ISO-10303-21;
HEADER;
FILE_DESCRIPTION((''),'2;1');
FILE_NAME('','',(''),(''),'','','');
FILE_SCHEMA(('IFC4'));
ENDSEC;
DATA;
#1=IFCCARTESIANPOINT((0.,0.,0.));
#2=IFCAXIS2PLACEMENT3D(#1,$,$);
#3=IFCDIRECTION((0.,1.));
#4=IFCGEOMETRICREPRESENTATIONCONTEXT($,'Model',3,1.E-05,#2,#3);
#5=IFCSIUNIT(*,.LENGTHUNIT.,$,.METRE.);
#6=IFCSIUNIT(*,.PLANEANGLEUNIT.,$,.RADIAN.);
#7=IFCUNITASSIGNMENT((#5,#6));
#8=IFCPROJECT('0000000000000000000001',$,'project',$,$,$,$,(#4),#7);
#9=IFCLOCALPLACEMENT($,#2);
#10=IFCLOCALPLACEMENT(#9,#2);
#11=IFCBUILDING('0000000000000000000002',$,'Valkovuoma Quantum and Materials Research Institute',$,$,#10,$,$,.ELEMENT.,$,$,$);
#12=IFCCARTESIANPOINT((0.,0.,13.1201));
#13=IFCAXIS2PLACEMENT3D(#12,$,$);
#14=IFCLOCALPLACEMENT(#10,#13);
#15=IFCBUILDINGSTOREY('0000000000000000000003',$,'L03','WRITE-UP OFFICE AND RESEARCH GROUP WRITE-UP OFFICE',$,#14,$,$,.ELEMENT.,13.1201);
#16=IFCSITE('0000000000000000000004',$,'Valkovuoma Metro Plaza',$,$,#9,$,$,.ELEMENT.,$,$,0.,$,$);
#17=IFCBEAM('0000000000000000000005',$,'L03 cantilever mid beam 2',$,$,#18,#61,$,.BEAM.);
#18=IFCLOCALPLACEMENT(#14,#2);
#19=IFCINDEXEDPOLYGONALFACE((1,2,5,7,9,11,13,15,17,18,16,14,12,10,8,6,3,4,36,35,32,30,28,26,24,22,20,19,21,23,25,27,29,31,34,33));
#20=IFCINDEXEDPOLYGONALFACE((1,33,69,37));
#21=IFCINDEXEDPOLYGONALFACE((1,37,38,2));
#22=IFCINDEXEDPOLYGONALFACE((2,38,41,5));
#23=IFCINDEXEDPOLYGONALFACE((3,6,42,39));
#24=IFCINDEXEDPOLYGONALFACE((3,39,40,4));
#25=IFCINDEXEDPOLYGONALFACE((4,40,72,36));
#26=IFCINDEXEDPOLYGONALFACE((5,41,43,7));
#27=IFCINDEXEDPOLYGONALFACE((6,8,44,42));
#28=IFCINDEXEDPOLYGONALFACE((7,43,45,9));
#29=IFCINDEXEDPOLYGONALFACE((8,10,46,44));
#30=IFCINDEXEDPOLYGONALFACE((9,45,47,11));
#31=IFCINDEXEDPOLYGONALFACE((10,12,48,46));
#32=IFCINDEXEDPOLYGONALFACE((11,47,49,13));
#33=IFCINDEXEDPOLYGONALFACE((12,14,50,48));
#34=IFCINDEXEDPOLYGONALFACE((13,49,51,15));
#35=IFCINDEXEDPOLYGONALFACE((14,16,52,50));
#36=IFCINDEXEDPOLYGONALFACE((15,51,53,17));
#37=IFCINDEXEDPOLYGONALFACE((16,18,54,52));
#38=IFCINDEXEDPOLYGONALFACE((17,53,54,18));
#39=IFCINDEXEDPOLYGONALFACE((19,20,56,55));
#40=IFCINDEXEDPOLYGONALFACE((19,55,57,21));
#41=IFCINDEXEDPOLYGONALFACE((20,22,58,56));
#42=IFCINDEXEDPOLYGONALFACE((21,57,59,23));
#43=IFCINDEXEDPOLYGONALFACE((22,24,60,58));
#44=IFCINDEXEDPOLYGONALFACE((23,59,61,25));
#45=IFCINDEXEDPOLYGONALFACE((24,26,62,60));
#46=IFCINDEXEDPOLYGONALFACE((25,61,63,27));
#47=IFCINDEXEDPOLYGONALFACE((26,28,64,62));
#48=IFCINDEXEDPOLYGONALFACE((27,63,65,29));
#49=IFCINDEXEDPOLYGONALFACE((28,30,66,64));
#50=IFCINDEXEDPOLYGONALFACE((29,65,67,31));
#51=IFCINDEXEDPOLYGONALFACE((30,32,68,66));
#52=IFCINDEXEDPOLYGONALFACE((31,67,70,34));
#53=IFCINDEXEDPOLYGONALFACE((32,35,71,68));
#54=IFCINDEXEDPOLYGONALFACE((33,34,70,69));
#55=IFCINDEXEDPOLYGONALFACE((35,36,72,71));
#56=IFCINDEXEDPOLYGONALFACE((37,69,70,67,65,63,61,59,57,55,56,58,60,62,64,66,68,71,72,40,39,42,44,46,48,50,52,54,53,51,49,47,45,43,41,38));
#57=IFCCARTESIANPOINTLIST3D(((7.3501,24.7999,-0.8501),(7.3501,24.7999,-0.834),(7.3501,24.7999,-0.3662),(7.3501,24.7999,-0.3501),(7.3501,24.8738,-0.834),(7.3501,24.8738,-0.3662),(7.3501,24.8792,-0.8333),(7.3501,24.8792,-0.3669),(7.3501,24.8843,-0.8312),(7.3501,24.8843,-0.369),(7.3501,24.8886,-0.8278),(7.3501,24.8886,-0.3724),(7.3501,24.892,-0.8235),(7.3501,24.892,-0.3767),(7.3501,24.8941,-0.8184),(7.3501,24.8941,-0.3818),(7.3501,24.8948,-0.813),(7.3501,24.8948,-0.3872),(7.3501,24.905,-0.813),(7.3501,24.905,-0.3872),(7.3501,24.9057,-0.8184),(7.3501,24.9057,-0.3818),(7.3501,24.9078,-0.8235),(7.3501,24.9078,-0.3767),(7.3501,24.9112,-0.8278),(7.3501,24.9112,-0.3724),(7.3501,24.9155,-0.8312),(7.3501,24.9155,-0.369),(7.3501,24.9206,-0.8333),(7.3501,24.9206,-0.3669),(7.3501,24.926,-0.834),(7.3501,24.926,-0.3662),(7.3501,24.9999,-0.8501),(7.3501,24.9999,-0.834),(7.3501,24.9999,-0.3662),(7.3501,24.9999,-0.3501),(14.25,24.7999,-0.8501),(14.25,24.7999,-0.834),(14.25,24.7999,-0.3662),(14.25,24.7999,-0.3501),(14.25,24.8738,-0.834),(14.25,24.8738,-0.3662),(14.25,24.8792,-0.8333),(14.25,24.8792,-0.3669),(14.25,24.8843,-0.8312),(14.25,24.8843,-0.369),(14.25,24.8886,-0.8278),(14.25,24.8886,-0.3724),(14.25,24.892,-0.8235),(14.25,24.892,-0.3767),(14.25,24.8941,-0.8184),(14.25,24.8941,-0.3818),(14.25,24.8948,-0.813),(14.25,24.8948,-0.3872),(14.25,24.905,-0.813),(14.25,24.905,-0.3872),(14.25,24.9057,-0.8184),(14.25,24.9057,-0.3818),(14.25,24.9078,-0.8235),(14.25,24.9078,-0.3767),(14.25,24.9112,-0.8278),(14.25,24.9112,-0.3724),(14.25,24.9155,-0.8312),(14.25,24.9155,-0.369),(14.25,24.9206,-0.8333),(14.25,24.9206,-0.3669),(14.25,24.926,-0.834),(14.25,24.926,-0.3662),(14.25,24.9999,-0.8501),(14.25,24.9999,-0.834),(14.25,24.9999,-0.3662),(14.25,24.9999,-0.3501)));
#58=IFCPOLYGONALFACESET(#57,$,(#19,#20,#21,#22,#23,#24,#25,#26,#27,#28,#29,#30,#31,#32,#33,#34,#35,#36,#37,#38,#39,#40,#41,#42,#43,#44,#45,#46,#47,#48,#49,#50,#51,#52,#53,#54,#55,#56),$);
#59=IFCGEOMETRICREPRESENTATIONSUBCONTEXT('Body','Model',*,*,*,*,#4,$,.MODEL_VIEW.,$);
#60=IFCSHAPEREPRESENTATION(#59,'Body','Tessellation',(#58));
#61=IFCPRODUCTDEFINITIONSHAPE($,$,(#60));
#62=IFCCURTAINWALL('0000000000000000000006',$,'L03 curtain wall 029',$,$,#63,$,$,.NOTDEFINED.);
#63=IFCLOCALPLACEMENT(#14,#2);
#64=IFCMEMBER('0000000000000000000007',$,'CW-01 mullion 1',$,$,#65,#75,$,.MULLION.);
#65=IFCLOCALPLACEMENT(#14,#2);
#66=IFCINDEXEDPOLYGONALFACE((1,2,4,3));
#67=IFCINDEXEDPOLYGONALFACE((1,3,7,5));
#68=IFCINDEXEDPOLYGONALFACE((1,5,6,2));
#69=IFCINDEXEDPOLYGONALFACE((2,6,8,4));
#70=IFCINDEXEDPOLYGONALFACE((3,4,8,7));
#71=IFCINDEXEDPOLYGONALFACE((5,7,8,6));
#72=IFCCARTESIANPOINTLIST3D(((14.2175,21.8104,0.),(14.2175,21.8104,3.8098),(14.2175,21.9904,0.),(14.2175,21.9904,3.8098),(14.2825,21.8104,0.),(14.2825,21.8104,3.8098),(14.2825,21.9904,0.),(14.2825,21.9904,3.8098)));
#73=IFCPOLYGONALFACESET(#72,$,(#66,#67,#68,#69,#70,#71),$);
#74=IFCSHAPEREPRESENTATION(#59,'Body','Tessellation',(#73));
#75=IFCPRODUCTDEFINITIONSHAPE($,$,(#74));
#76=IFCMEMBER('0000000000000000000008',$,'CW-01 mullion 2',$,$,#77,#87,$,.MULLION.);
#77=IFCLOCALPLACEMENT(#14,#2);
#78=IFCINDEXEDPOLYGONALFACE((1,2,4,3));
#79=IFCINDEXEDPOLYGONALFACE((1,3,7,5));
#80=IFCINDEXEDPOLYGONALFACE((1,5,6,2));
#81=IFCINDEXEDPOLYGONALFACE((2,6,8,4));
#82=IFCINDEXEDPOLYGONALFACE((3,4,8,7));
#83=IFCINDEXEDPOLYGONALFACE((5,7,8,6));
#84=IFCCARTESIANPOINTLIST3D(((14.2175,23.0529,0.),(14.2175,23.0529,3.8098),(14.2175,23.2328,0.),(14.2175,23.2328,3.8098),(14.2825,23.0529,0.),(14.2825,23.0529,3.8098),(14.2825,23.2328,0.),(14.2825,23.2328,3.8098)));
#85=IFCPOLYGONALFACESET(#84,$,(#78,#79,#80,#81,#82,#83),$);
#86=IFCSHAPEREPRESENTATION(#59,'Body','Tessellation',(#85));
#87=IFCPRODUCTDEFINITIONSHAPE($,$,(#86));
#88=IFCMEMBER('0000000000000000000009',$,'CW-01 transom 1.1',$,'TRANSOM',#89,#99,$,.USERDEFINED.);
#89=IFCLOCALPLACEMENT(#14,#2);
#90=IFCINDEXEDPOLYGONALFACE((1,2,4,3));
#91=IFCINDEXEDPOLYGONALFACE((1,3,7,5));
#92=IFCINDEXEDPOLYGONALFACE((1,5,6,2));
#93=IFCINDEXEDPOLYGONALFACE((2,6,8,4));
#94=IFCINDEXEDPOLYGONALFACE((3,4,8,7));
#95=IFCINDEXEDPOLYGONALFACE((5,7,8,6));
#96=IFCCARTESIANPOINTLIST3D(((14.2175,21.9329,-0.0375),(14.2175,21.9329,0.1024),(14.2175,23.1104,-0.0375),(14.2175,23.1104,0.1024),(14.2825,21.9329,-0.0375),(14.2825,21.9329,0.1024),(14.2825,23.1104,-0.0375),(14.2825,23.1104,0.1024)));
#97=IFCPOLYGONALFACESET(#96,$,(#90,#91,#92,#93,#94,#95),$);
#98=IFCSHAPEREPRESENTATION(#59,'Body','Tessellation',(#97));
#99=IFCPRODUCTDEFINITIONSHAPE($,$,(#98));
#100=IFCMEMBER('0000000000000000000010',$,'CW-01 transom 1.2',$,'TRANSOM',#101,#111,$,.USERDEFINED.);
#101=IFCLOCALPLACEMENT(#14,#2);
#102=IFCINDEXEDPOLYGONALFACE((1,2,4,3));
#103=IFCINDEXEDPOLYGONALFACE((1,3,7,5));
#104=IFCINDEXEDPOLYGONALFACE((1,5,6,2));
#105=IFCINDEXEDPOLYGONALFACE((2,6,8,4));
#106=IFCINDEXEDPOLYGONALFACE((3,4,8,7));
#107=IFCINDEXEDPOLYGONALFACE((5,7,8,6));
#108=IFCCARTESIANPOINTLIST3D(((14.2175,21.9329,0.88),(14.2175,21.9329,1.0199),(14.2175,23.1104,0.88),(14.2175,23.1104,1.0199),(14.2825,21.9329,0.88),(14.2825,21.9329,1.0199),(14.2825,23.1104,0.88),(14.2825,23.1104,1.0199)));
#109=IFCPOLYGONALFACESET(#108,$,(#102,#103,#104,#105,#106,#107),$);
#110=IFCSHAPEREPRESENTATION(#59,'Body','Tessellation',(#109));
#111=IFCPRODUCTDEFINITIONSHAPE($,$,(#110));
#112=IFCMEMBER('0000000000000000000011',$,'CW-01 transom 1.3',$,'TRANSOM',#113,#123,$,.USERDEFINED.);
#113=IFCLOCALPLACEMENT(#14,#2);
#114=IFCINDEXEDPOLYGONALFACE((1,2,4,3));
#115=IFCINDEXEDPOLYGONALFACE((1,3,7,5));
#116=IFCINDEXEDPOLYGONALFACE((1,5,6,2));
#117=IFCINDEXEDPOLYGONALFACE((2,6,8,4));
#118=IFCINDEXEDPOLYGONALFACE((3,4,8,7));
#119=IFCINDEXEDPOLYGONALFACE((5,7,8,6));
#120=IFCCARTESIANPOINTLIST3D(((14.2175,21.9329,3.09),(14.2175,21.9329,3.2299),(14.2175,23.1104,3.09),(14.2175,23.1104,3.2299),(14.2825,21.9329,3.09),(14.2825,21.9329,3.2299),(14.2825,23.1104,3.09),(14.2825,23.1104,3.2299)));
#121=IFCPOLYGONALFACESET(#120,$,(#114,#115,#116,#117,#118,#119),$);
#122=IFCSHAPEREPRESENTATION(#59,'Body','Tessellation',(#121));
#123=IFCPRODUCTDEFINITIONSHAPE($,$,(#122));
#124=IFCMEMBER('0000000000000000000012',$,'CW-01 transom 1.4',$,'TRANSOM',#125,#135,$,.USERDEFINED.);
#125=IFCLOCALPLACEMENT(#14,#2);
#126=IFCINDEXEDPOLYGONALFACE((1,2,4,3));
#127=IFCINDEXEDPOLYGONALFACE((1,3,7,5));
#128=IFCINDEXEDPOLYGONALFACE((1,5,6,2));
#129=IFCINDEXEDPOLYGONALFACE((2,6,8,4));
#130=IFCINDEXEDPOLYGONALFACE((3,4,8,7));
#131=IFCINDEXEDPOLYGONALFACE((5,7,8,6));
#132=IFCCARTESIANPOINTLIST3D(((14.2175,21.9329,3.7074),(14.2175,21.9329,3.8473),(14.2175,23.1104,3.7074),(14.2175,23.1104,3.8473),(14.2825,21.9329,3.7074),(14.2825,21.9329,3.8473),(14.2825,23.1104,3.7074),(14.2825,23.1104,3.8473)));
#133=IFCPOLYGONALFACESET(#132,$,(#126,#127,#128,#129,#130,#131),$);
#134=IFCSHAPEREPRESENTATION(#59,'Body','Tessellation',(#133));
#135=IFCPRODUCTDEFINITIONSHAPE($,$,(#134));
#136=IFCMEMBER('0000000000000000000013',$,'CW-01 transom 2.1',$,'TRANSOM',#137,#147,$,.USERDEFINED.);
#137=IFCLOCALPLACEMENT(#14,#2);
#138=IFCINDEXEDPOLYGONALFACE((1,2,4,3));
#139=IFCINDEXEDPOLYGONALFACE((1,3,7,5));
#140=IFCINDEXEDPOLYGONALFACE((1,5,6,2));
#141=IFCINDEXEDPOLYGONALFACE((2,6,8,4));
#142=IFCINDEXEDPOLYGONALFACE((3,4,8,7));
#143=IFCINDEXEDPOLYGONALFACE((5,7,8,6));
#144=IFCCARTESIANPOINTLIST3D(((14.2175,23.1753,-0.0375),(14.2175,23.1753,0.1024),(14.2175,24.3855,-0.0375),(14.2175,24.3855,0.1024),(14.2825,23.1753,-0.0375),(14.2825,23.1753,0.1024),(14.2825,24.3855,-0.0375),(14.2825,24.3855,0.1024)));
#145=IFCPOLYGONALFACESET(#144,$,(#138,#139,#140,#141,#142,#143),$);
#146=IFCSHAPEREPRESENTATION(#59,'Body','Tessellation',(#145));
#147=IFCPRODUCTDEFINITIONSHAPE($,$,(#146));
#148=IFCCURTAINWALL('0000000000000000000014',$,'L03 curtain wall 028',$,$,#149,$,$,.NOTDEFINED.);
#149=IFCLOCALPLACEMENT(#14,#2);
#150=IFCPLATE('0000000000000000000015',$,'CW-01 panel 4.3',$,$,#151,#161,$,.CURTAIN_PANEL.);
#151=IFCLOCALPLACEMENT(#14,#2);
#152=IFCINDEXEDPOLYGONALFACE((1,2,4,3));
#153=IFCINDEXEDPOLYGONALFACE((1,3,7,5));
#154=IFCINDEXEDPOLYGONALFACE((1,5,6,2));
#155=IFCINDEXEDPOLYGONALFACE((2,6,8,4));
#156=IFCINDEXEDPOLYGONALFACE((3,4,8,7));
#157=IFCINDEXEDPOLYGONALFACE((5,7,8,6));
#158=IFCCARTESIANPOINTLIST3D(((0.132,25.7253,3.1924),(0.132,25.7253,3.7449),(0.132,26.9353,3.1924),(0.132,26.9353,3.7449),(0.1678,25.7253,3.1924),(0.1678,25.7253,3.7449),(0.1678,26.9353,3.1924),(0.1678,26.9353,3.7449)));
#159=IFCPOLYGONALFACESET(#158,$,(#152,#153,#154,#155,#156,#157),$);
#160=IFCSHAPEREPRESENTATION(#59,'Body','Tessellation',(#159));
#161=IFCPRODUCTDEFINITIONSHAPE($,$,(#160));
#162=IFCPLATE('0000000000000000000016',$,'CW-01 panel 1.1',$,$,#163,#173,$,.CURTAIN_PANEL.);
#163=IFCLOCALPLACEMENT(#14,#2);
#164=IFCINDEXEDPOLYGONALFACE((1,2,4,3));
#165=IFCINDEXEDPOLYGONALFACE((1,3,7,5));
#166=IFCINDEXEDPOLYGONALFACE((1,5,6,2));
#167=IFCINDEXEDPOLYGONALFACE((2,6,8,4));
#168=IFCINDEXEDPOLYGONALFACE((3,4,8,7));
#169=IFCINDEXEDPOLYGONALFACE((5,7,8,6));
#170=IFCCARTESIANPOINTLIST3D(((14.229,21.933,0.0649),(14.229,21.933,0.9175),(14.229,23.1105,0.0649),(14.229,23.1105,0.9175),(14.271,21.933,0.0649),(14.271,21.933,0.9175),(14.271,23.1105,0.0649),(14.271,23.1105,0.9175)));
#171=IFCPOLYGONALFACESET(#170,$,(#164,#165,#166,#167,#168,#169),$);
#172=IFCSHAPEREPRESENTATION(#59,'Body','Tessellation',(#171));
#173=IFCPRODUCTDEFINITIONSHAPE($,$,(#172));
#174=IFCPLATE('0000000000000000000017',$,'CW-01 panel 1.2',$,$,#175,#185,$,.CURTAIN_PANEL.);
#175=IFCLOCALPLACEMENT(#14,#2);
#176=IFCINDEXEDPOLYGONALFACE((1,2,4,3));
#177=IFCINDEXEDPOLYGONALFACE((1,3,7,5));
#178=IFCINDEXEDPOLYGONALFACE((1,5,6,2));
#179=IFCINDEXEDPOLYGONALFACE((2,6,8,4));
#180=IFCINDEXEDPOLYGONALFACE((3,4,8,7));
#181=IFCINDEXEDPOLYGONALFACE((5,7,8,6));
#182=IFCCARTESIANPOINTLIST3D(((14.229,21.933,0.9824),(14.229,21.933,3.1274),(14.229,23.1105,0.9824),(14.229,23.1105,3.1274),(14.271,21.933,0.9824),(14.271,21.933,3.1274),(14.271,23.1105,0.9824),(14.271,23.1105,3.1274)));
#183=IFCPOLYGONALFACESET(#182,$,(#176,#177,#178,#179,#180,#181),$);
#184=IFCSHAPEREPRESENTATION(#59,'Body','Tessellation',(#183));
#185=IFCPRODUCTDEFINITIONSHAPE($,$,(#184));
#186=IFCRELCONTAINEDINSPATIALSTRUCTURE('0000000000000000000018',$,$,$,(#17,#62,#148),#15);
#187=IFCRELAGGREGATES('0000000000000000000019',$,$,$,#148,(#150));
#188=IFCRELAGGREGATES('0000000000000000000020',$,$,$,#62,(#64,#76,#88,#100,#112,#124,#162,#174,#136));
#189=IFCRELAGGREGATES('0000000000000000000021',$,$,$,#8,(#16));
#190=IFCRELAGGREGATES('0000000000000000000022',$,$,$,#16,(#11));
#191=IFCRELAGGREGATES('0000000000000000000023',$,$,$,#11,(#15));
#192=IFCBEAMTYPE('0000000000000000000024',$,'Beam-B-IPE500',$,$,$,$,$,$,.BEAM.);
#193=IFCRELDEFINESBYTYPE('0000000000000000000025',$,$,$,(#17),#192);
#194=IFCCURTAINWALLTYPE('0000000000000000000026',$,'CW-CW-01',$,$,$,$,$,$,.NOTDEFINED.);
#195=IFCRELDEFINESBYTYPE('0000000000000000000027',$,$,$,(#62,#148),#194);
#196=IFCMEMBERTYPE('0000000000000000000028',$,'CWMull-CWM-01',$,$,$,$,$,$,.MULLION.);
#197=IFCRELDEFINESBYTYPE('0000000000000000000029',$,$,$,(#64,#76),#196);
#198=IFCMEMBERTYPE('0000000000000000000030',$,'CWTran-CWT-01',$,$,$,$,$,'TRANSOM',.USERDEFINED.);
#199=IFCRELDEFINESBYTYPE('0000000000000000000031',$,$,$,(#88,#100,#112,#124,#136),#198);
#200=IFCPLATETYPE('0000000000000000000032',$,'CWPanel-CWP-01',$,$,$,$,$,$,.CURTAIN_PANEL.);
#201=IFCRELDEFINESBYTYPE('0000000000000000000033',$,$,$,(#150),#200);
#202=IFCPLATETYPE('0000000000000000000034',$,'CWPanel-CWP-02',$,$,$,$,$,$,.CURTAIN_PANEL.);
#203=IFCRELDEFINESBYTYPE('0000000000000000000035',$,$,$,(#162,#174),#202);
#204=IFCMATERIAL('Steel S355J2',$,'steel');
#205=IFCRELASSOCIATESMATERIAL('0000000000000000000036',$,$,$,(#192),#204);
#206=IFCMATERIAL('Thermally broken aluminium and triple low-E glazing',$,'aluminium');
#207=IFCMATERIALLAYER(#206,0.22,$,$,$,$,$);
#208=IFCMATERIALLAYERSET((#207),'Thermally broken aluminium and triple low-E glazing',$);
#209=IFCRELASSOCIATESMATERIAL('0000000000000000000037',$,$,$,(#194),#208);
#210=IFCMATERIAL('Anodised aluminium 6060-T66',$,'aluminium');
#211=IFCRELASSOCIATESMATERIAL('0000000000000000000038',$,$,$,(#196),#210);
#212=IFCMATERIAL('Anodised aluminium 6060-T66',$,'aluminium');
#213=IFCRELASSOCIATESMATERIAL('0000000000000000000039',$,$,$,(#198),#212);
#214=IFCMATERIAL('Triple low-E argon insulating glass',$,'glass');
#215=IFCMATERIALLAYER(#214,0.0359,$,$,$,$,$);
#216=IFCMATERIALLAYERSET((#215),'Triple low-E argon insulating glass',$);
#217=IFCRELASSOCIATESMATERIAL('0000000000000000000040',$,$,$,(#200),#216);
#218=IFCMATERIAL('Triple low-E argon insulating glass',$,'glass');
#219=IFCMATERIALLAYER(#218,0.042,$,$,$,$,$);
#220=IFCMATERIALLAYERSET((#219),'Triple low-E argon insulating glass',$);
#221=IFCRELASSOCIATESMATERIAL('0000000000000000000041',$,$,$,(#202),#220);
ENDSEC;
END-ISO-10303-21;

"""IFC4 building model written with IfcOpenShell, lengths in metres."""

from ifc_helpers import new_model, si_unit, direction, frame, origin, origin_2d, place, context, subcontext, project, spatial, rectangle, i_section, extrude, material, layer, layer_set, material_profile, profile_set, type_object, element, aggregate, save


model = new_model("IFC4")

# Units and contexts
model_context = context("Model", 3, precision=1e-05, world=origin(), true_north=direction((0.0, 1.0)))
body_context = subcontext(model_context, "Body", "Model", "MODEL_VIEW")
ifc_project = project(units=[si_unit("LENGTHUNIT", "METRE"), si_unit("PLANEANGLEUNIT", "RADIAN")], contexts=[model_context])

# Site, building, storey
site_placement = place(None, origin())
site = spatial("IfcSite", under=ifc_project, at=site_placement, Name="Valkovuoma Metro Plaza", CompositionType="ELEMENT", RefElevation=0.0)
building_placement = place(site_placement, origin())
building = spatial("IfcBuilding", under=site, at=building_placement, Name="Valkovuoma Quantum and Materials Research Institute", CompositionType="ELEMENT")
storey_placement = place(building_placement, frame((0.0, 0.0, 13.1201)))
storey = spatial("IfcBuildingStorey", under=building, at=storey_placement, Name="L03", Description="WRITE-UP OFFICE AND RESEARCH GROUP WRITE-UP OFFICE", CompositionType="ELEMENT", Elevation=13.1201)

# Beam
ifc_material_1 = material(Name="Steel S355J2", Category="steel")
ifc_material_profile_1 = material_profile(ifc_material_1, i_section(OverallWidth=0.2, OverallDepth=0.5, WebThickness=0.0103, FlangeThickness=0.0161, FilletRadius=0.021, at=origin_2d()), Name="Steel S355J2")
ifc_profile_set_1 = profile_set([ifc_material_profile_1], Name="Steel S355J2")
beam_type = type_object("IfcBeamType", Name="Beam-B-IPE500", PredefinedType="BEAM", material=ifc_profile_set_1)
beam_placement = place(storey_placement, frame((7.3501, 24.8999, -0.6001), z_axis=(1.0, 0.0, 0.0), x_axis=(0.0, 1.0, 0.0)))
element("IfcBeam", 1, at=beam_placement, inside=storey, type_object=beam_type, Name="L03 cantilever mid beam 2", PredefinedType="BEAM", context=body_context, shape_type="SweptSolid", body=[
    extrude(i_section(OverallWidth=0.2, OverallDepth=0.5, WebThickness=0.0103, FlangeThickness=0.0161, FilletRadius=0.021, at=origin_2d()), origin(), (0.0, 0.0, 1.0), 6.8999),
])

# Curtain wall, members
ifc_material_2 = material(Name="Thermally broken aluminium and triple low-E glazing", Category="aluminium")
ifc_layer_1 = layer(ifc_material_2, 0.22)
ifc_layer_set_1 = layer_set([ifc_layer_1], Name="Thermally broken aluminium and triple low-E glazing")
curtain_wall_type = type_object("IfcCurtainWallType", Name="CW-CW-01", PredefinedType="NOTDEFINED", material=ifc_layer_set_1)
curtain_wall_1_placement = place(storey_placement, origin())
curtain_wall_1 = element("IfcCurtainWall", 2, at=curtain_wall_1_placement, inside=storey, type_object=curtain_wall_type, Name="L03 curtain wall 029", PredefinedType="NOTDEFINED")
ifc_material_3 = material(Name="Anodised aluminium 6060-T66", Category="aluminium")
ifc_material_profile_2 = material_profile(ifc_material_3, rectangle(XDim=0.0649, YDim=0.1799, at=origin_2d()), Name="Anodised aluminium 6060-T66")
ifc_profile_set_2 = profile_set([ifc_material_profile_2], Name="Anodised aluminium 6060-T66")
member_type_1 = type_object("IfcMemberType", Name="CWMull-CWM-01", PredefinedType="MULLION", material=ifc_profile_set_2)
member_1_placement = place(storey_placement, frame((14.25, 21.9004, 0.0), z_axis=(0.0, 0.0, 1.0), x_axis=(-1.0, 0.0, 0.0)))
member_1 = element("IfcMember", 3, at=member_1_placement, type_object=member_type_1, Name="CW-01 mullion 1", PredefinedType="MULLION", context=body_context, shape_type="SweptSolid", body=[
    extrude(rectangle(XDim=0.0649, YDim=0.1799, at=origin_2d()), origin(), (0.0, 0.0, 1.0), 3.8098),
])
member_2_placement = place(storey_placement, frame((14.25, 23.1428, 0.0), z_axis=(0.0, 0.0, 1.0), x_axis=(-1.0, 0.0, 0.0)))
member_2 = element("IfcMember", 4, at=member_2_placement, type_object=member_type_1, Name="CW-01 mullion 2", PredefinedType="MULLION", context=body_context, shape_type="SweptSolid", body=[
    extrude(rectangle(XDim=0.0649, YDim=0.1799, at=origin_2d()), origin(), (0.0, 0.0, 1.0), 3.8098),
])
ifc_material_4 = material(Name="Anodised aluminium 6060-T66", Category="aluminium")
ifc_material_profile_3 = material_profile(ifc_material_4, rectangle(XDim=0.0649, YDim=0.1399, at=origin_2d()), Name="Anodised aluminium 6060-T66")
ifc_profile_set_3 = profile_set([ifc_material_profile_3], Name="Anodised aluminium 6060-T66")
member_type_2 = type_object("IfcMemberType", Name="CWTran-CWT-01", ElementType="TRANSOM", PredefinedType="USERDEFINED", material=ifc_profile_set_3)
member_3_placement = place(storey_placement, frame((14.25, 21.9329, 0.0325), z_axis=(0.0, 1.0, 0.0), x_axis=(-1.0, 0.0, 0.0)))
member_3 = element("IfcMember", 5, at=member_3_placement, type_object=member_type_2, Name="CW-01 transom 1.1", ObjectType="TRANSOM", PredefinedType="USERDEFINED", context=body_context, shape_type="SweptSolid", body=[
    extrude(rectangle(XDim=0.0649, YDim=0.1399, at=origin_2d()), origin(), (0.0, 0.0, 1.0), 1.1775),
])
member_4_placement = place(storey_placement, frame((14.25, 21.9329, 0.95), z_axis=(0.0, 1.0, 0.0), x_axis=(-1.0, 0.0, 0.0)))
member_4 = element("IfcMember", 6, at=member_4_placement, type_object=member_type_2, Name="CW-01 transom 1.2", ObjectType="TRANSOM", PredefinedType="USERDEFINED", context=body_context, shape_type="SweptSolid", body=[
    extrude(rectangle(XDim=0.0649, YDim=0.1399, at=origin_2d()), origin(), (0.0, 0.0, 1.0), 1.1775),
])
member_5_placement = place(storey_placement, frame((14.25, 21.9329, 3.1599), z_axis=(0.0, 1.0, 0.0), x_axis=(-1.0, 0.0, 0.0)))
member_5 = element("IfcMember", 7, at=member_5_placement, type_object=member_type_2, Name="CW-01 transom 1.3", ObjectType="TRANSOM", PredefinedType="USERDEFINED", context=body_context, shape_type="SweptSolid", body=[
    extrude(rectangle(XDim=0.0649, YDim=0.1399, at=origin_2d()), origin(), (0.0, 0.0, 1.0), 1.1775),
])
member_6_placement = place(storey_placement, frame((14.25, 21.9329, 3.7773), z_axis=(0.0, 1.0, 0.0), x_axis=(-1.0, 0.0, 0.0)))
member_6 = element("IfcMember", 8, at=member_6_placement, type_object=member_type_2, Name="CW-01 transom 1.4", ObjectType="TRANSOM", PredefinedType="USERDEFINED", context=body_context, shape_type="SweptSolid", body=[
    extrude(rectangle(XDim=0.0649, YDim=0.1399, at=origin_2d()), origin(), (0.0, 0.0, 1.0), 1.1775),
])
member_7_placement = place(storey_placement, frame((14.25, 23.1753, 0.0325), z_axis=(0.0, 1.0, 0.0), x_axis=(-1.0, 0.0, 0.0)))
member_7 = element("IfcMember", 9, at=member_7_placement, type_object=member_type_2, Name="CW-01 transom 2.1", ObjectType="TRANSOM", PredefinedType="USERDEFINED", context=body_context, shape_type="SweptSolid", body=[
    extrude(rectangle(XDim=0.0649, YDim=0.1399, at=origin_2d()), origin(), (0.0, 0.0, 1.0), 1.2102),
])

# Curtain wall, plate
curtain_wall_2_placement = place(storey_placement, origin())
curtain_wall_2 = element("IfcCurtainWall", 10, at=curtain_wall_2_placement, inside=storey, type_object=curtain_wall_type, Name="L03 curtain wall 028", PredefinedType="NOTDEFINED")
ifc_material_5 = material(Name="Triple low-E argon insulating glass", Category="glass")
ifc_layer_2 = layer(ifc_material_5, 0.0359)
ifc_layer_set_2 = layer_set([ifc_layer_2], Name="Triple low-E argon insulating glass")
plate_type_1 = type_object("IfcPlateType", Name="CWPanel-CWP-01", PredefinedType="CURTAIN_PANEL", material=ifc_layer_set_2)
plate_1_placement = place(storey_placement, frame((0.1499, 26.3303, 3.1924), z_axis=(0.0, 0.0, 1.0), x_axis=(0.0, 1.0, 0.0)))
plate_1 = element("IfcPlate", 11, at=plate_1_placement, type_object=plate_type_1, Name="CW-01 panel 4.3", PredefinedType="CURTAIN_PANEL", context=body_context, shape_type="SweptSolid", body=[
    extrude(rectangle(XDim=1.21, YDim=0.0359, at=origin_2d()), origin(), (0.0, 0.0, 1.0), 0.5525),
])
aggregate(curtain_wall_2, [plate_1])

# Plates
ifc_material_6 = material(Name="Triple low-E argon insulating glass", Category="glass")
ifc_layer_3 = layer(ifc_material_6, 0.042)
ifc_layer_set_3 = layer_set([ifc_layer_3], Name="Triple low-E argon insulating glass")
plate_type_2 = type_object("IfcPlateType", Name="CWPanel-CWP-02", PredefinedType="CURTAIN_PANEL", material=ifc_layer_set_3)
plate_2_placement = place(storey_placement, frame((14.25, 22.5217, 0.0649), z_axis=(0.0, 0.0, 1.0), x_axis=(0.0, 1.0, 0.0)))
plate_2 = element("IfcPlate", 12, at=plate_2_placement, type_object=plate_type_2, Name="CW-01 panel 1.1", PredefinedType="CURTAIN_PANEL", context=body_context, shape_type="SweptSolid", body=[
    extrude(rectangle(XDim=1.1775, YDim=0.042, at=origin_2d()), origin(), (0.0, 0.0, 1.0), 0.8525),
])
plate_3_placement = place(storey_placement, frame((14.25, 22.5217, 0.9824), z_axis=(0.0, 0.0, 1.0), x_axis=(0.0, 1.0, 0.0)))
plate_3 = element("IfcPlate", 13, at=plate_3_placement, type_object=plate_type_2, Name="CW-01 panel 1.2", PredefinedType="CURTAIN_PANEL", context=body_context, shape_type="SweptSolid", body=[
    extrude(rectangle(XDim=1.1775, YDim=0.042, at=origin_2d()), origin(), (0.0, 0.0, 1.0), 2.145),
])
aggregate(curtain_wall_1, [member_1, member_2, member_3, member_4, member_5, member_6, plate_2, plate_3, member_7])

save(model, "model.ifc")
